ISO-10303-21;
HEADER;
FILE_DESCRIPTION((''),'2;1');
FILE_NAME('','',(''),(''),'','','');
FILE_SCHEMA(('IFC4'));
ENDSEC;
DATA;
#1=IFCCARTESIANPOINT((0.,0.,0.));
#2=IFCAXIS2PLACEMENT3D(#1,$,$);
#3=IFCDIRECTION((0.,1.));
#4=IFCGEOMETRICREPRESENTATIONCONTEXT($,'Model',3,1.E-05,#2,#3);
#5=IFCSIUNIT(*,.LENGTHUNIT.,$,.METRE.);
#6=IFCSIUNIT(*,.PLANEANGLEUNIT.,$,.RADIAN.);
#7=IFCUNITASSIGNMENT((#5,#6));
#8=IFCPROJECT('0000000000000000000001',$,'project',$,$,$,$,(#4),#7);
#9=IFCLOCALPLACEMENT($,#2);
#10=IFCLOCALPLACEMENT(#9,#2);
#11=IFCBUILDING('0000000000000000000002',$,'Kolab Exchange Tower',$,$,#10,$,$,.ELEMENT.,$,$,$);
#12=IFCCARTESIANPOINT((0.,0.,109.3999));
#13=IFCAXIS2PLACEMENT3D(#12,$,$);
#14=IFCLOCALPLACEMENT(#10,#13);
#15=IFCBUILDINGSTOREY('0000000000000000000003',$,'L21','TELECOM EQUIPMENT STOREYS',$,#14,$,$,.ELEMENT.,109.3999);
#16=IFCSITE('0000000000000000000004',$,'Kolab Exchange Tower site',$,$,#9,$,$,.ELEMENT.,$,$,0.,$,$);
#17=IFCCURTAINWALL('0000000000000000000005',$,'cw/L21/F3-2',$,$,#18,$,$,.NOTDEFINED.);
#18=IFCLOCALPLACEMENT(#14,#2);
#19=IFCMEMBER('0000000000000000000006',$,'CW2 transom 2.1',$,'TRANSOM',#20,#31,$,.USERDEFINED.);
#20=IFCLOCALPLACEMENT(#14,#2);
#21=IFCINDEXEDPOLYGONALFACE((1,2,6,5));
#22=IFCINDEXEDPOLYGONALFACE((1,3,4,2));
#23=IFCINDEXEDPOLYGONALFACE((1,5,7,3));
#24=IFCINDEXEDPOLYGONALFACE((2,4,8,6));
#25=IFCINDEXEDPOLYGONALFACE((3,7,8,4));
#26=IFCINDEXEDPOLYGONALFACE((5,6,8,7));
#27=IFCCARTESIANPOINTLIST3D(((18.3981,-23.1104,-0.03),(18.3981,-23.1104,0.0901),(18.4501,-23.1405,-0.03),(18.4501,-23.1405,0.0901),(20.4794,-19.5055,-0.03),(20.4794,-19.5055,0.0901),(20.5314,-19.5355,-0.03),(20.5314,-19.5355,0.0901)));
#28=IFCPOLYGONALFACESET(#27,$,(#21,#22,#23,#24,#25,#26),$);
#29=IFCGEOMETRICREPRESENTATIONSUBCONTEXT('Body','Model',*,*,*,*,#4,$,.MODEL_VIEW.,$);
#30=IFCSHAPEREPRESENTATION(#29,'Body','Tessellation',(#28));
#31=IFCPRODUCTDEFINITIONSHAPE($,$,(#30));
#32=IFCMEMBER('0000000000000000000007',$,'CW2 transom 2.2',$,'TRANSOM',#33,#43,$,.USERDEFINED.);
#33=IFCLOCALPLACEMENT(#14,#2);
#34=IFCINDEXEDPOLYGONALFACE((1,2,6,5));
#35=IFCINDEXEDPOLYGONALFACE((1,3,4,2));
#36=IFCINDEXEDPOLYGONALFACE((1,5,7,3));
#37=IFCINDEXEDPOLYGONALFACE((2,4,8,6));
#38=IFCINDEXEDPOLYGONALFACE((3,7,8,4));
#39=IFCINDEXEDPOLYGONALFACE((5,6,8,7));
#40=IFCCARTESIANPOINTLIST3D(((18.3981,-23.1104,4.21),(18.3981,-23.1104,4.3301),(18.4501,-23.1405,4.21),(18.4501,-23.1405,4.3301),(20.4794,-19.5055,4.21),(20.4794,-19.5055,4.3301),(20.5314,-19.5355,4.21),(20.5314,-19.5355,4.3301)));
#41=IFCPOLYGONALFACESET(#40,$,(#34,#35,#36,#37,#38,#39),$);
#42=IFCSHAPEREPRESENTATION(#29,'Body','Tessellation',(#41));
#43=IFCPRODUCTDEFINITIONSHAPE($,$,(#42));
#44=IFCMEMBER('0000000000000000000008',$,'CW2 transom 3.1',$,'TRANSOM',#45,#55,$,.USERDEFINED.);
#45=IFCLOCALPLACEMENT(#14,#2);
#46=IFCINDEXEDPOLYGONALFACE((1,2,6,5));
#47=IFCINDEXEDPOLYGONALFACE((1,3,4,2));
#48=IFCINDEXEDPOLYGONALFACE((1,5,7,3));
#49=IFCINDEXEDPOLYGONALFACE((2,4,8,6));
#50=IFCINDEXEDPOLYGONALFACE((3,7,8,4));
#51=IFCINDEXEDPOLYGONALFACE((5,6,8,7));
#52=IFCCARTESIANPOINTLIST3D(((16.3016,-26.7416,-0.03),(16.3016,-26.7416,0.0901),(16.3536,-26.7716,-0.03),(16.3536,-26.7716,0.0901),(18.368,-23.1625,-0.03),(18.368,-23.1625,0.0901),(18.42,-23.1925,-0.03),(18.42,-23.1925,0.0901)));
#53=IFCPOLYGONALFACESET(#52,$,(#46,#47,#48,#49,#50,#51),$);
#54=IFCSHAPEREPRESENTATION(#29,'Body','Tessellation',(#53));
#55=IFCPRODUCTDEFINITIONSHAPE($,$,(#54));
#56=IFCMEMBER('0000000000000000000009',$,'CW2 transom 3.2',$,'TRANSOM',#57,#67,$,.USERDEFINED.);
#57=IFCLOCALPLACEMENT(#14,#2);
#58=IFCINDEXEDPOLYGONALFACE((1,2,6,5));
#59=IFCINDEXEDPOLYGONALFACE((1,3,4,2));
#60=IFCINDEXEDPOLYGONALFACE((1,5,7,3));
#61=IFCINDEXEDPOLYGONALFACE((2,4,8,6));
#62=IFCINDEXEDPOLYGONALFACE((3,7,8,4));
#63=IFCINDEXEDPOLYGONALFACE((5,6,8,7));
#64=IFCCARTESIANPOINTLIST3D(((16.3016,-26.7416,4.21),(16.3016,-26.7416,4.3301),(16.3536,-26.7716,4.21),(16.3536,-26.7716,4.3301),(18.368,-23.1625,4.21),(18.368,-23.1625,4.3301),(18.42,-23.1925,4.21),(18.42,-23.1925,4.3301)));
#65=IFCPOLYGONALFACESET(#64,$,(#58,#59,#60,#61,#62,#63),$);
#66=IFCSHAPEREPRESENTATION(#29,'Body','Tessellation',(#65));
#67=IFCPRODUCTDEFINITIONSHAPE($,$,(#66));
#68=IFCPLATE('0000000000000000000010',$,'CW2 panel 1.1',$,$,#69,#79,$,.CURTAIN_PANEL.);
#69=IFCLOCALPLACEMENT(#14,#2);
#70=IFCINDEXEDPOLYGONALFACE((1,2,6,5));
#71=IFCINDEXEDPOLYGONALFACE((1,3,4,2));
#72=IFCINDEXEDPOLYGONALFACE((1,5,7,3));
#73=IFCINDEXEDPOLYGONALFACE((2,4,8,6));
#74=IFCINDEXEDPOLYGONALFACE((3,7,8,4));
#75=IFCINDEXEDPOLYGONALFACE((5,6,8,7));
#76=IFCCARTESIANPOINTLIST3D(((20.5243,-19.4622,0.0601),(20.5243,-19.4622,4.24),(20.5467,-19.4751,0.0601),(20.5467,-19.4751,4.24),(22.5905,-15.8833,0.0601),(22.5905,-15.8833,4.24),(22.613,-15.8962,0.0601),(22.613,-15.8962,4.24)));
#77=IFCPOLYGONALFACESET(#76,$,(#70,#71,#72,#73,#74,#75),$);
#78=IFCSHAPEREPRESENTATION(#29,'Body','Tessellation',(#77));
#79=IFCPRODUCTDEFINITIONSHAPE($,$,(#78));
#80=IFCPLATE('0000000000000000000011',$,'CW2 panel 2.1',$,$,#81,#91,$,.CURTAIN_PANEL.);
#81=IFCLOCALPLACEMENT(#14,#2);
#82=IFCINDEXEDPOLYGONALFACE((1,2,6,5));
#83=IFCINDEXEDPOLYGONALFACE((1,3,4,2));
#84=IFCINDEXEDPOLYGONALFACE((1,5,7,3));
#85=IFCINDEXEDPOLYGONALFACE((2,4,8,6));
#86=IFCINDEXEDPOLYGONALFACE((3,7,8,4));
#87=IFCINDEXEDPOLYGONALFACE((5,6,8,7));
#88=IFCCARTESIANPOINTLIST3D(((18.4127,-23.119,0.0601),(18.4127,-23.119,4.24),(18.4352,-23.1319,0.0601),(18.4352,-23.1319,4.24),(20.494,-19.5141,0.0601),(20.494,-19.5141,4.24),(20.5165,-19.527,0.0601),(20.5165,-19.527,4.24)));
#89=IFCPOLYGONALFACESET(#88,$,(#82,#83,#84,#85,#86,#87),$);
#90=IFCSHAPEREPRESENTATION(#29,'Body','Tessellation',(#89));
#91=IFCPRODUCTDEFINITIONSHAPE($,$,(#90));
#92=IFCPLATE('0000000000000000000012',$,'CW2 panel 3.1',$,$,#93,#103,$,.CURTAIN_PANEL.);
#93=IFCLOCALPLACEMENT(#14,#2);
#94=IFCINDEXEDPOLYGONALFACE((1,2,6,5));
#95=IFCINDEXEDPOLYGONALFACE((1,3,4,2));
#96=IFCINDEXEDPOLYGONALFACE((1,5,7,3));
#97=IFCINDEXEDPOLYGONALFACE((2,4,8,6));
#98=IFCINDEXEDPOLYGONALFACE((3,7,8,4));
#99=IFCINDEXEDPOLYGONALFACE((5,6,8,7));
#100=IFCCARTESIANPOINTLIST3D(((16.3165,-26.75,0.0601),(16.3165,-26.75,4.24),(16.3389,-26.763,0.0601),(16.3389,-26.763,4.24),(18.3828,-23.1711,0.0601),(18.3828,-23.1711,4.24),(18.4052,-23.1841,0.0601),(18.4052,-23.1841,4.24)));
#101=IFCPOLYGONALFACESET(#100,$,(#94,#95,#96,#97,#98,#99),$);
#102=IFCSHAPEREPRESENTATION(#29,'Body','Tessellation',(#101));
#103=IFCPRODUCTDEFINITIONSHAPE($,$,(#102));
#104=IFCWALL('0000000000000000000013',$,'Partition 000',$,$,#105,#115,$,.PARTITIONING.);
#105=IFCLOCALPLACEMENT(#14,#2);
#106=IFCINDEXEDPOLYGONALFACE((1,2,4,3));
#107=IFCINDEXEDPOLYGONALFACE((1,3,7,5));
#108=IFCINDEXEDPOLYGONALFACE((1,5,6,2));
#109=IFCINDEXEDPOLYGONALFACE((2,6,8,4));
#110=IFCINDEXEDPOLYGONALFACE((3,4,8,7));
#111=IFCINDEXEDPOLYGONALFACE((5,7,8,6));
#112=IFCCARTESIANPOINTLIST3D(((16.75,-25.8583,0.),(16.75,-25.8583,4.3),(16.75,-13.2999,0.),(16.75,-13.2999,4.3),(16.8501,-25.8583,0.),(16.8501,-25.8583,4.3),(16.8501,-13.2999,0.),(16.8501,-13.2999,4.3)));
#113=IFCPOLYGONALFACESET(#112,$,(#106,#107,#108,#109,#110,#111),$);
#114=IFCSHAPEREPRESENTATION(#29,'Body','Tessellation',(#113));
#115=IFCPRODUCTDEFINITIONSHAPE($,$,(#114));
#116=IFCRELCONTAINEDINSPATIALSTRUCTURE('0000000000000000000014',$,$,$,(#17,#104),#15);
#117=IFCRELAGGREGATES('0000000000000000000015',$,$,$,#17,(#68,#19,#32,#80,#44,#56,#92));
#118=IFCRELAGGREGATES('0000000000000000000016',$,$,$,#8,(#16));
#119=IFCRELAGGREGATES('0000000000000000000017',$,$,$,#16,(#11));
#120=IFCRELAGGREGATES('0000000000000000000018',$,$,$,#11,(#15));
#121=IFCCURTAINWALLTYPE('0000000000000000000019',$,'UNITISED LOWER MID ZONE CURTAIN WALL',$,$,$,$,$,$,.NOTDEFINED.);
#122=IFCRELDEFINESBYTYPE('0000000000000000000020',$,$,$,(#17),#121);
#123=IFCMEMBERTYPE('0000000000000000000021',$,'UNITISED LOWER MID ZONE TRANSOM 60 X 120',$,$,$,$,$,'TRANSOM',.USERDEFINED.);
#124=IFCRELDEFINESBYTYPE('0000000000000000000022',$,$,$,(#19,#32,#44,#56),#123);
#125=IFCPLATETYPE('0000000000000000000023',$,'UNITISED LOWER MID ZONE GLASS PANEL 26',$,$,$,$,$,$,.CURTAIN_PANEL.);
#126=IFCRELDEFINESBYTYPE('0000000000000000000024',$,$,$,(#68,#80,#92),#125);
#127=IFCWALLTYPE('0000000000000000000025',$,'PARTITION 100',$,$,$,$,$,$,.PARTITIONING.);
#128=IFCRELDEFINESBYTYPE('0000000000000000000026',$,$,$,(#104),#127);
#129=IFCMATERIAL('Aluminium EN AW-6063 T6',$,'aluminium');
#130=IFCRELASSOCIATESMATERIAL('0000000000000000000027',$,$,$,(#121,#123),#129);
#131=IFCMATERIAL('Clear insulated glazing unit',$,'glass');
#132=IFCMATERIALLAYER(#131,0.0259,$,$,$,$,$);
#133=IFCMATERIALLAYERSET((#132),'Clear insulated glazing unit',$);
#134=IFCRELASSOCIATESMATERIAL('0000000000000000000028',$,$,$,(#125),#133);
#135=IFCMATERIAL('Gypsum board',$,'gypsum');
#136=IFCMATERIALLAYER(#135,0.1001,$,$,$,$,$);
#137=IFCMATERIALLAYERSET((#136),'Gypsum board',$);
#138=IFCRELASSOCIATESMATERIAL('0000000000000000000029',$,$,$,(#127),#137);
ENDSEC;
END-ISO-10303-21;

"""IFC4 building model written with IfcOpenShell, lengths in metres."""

from ifc_helpers import new_model, si_unit, direction, frame, frame_2d, origin, origin_2d, place, context, subcontext, project, spatial, rectangle, extrude, material, layer, layer_set, material_profile, profile_set, type_object, element, aggregate, save


model = new_model("IFC4")

# Units and contexts
model_context = context("Model", 3, precision=1e-05, world=origin(), true_north=direction((0.0, 1.0)))
body_context = subcontext(model_context, "Body", "Model", "MODEL_VIEW")
ifc_project = project(units=[si_unit("LENGTHUNIT", "METRE"), si_unit("PLANEANGLEUNIT", "RADIAN")], contexts=[model_context])

# Site, building, storey
site_placement = place(None, origin())
site = spatial("IfcSite", under=ifc_project, at=site_placement, Name="Kolab Exchange Tower site", CompositionType="ELEMENT", RefElevation=0.0)
building_placement = place(site_placement, origin())
building = spatial("IfcBuilding", under=site, at=building_placement, Name="Kolab Exchange Tower", CompositionType="ELEMENT")
storey_placement = place(building_placement, frame((0.0, 0.0, 109.3999)))
storey = spatial("IfcBuildingStorey", under=building, at=storey_placement, Name="L21", Description="TELECOM EQUIPMENT STOREYS", CompositionType="ELEMENT", Elevation=109.3999)

# Curtain wall
ifc_material_1 = material(Name="Aluminium EN AW-6063 T6", Category="aluminium")
curtain_wall_type = type_object("IfcCurtainWallType", Name="UNITISED LOWER MID ZONE CURTAIN WALL", PredefinedType="NOTDEFINED", material=ifc_material_1)
curtain_wall_1_placement = place(storey_placement, origin())
curtain_wall_1 = element("IfcCurtainWall", 1, at=curtain_wall_1_placement, inside=storey, type_object=curtain_wall_type, Name="cw/L21/F3-2", PredefinedType="NOTDEFINED")

# Members
ifc_material_profile_1 = material_profile(ifc_material_1, rectangle(XDim=0.0601, YDim=0.1201, at=origin_2d()), Name="RECT 60X120")
ifc_profile_set_1 = profile_set([ifc_material_profile_1], Name="Aluminium EN AW-6063 T6")
member_type_1 = type_object("IfcMemberType", Name="UNITISED LOWER MID ZONE TRANSOM 60 X 120", ElementType="TRANSOM", PredefinedType="USERDEFINED", material=ifc_profile_set_1)
member_1_placement = place(storey_placement, frame((20.5054, -19.5205, 0.03), z_axis=(-0.499993, -0.866029, 0.0), x_axis=(0.866029, -0.499993, 0.0)))
member_1 = element("IfcMember", 2, at=member_1_placement, type_object=member_type_1, Name="CW2 transom 2.1", ObjectType="TRANSOM", PredefinedType="USERDEFINED", context=body_context, shape_type="SweptSolid", body=[
    extrude(rectangle(XDim=0.0601, YDim=0.1201, at=origin_2d()), origin(), (0.0, 0.0, 1.0), 4.1626),
])
member_2_placement = place(storey_placement, frame((20.5054, -19.5205, 4.27), z_axis=(-0.499993, -0.866029, 0.0), x_axis=(0.866029, -0.499993, 0.0)))
member_2 = element("IfcMember", 3, at=member_2_placement, type_object=member_type_1, Name="CW2 transom 2.2", ObjectType="TRANSOM", PredefinedType="USERDEFINED", context=body_context, shape_type="SweptSolid", body=[
    extrude(rectangle(XDim=0.0601, YDim=0.1201, at=origin_2d()), origin(), (0.0, 0.0, 1.0), 4.1626),
])
member_3_placement = place(storey_placement, frame((18.394, -23.1775, 0.03), z_axis=(-0.500002, -0.866024, 0.0), x_axis=(0.866024, -0.500002, 0.0)))
member_3 = element("IfcMember", 4, at=member_3_placement, type_object=member_type_1, Name="CW2 transom 3.1", ObjectType="TRANSOM", PredefinedType="USERDEFINED", context=body_context, shape_type="SweptSolid", body=[
    extrude(rectangle(XDim=0.0601, YDim=0.1201, at=origin_2d()), origin(), (0.0, 0.0, 1.0), 4.1328),
])
member_4_placement = place(storey_placement, frame((18.394, -23.1775, 4.27), z_axis=(-0.500002, -0.866024, 0.0), x_axis=(0.866024, -0.500002, 0.0)))
member_4 = element("IfcMember", 5, at=member_4_placement, type_object=member_type_1, Name="CW2 transom 3.2", ObjectType="TRANSOM", PredefinedType="USERDEFINED", context=body_context, shape_type="SweptSolid", body=[
    extrude(rectangle(XDim=0.0601, YDim=0.1201, at=origin_2d()), origin(), (0.0, 0.0, 1.0), 4.1328),
])

# Plates
ifc_material_2 = material(Name="Clear insulated glazing unit", Category="glass")
ifc_layer_1 = layer(ifc_material_2, 0.0259)
ifc_layer_set_1 = layer_set([ifc_layer_1], Name="Clear insulated glazing unit")
plate_type = type_object("IfcPlateType", Name="UNITISED LOWER MID ZONE GLASS PANEL 26", PredefinedType="CURTAIN_PANEL", material=ifc_layer_set_1)
plate_1_placement = place(storey_placement, frame((21.5686, -17.6792, 0.0601), z_axis=(0.0, 0.0, 1.0), x_axis=(-0.5, -0.866025, 0.0)))
plate_1 = element("IfcPlate", 6, at=plate_1_placement, type_object=plate_type, Name="CW2 panel 1.1", PredefinedType="CURTAIN_PANEL", context=body_context, shape_type="SweptSolid", body=[
    extrude(rectangle(XDim=4.1326, YDim=0.0259, at=origin_2d()), origin(), (0.0, 0.0, 1.0), 4.1799),
])
plate_2_placement = place(storey_placement, frame((19.4646, -21.323, 0.0601), z_axis=(0.0, 0.0, 1.0), x_axis=(-0.5, -0.866025, 0.0)))
plate_2 = element("IfcPlate", 7, at=plate_2_placement, type_object=plate_type, Name="CW2 panel 2.1", PredefinedType="CURTAIN_PANEL", context=body_context, shape_type="SweptSolid", body=[
    extrude(rectangle(XDim=4.1626, YDim=0.0259, at=origin_2d()), origin(), (0.0, 0.0, 1.0), 4.1799),
])
plate_3_placement = place(storey_placement, frame((17.3608, -24.967, 0.0601), z_axis=(0.0, 0.0, 1.0), x_axis=(-0.5, -0.866025, 0.0)))
plate_3 = element("IfcPlate", 8, at=plate_3_placement, type_object=plate_type, Name="CW2 panel 3.1", PredefinedType="CURTAIN_PANEL", context=body_context, shape_type="SweptSolid", body=[
    extrude(rectangle(XDim=4.1326, YDim=0.0259, at=origin_2d()), origin(), (0.0, 0.0, 1.0), 4.1799),
])
aggregate(curtain_wall_1, [plate_1, member_1, member_2, plate_2, member_3, member_4, plate_3])

# Wall
ifc_material_3 = material(Name="Gypsum board", Category="gypsum")
ifc_layer_2 = layer(ifc_material_3, 0.1001)
ifc_layer_set_2 = layer_set([ifc_layer_2], Name="Gypsum board")
wall_type = type_object("IfcWallType", Name="PARTITION 100", PredefinedType="PARTITIONING", material=ifc_layer_set_2)
wall_placement = place(storey_placement, frame((16.8, -25.8584, 0.0), z_axis=(0.0, 0.0, 1.0), x_axis=(0.0, 1.0, 0.0)))
element("IfcWall", 9, at=wall_placement, inside=storey, type_object=wall_type, Name="Partition 000", PredefinedType="PARTITIONING", context=body_context, shape_type="SweptSolid", body=[
    extrude(rectangle(XDim=12.5583, YDim=0.1001, at=frame_2d((6.2793, 0.0))), origin(), (0.0, 0.0, 1.0), 4.3),
])

save(model, "model.ifc")
